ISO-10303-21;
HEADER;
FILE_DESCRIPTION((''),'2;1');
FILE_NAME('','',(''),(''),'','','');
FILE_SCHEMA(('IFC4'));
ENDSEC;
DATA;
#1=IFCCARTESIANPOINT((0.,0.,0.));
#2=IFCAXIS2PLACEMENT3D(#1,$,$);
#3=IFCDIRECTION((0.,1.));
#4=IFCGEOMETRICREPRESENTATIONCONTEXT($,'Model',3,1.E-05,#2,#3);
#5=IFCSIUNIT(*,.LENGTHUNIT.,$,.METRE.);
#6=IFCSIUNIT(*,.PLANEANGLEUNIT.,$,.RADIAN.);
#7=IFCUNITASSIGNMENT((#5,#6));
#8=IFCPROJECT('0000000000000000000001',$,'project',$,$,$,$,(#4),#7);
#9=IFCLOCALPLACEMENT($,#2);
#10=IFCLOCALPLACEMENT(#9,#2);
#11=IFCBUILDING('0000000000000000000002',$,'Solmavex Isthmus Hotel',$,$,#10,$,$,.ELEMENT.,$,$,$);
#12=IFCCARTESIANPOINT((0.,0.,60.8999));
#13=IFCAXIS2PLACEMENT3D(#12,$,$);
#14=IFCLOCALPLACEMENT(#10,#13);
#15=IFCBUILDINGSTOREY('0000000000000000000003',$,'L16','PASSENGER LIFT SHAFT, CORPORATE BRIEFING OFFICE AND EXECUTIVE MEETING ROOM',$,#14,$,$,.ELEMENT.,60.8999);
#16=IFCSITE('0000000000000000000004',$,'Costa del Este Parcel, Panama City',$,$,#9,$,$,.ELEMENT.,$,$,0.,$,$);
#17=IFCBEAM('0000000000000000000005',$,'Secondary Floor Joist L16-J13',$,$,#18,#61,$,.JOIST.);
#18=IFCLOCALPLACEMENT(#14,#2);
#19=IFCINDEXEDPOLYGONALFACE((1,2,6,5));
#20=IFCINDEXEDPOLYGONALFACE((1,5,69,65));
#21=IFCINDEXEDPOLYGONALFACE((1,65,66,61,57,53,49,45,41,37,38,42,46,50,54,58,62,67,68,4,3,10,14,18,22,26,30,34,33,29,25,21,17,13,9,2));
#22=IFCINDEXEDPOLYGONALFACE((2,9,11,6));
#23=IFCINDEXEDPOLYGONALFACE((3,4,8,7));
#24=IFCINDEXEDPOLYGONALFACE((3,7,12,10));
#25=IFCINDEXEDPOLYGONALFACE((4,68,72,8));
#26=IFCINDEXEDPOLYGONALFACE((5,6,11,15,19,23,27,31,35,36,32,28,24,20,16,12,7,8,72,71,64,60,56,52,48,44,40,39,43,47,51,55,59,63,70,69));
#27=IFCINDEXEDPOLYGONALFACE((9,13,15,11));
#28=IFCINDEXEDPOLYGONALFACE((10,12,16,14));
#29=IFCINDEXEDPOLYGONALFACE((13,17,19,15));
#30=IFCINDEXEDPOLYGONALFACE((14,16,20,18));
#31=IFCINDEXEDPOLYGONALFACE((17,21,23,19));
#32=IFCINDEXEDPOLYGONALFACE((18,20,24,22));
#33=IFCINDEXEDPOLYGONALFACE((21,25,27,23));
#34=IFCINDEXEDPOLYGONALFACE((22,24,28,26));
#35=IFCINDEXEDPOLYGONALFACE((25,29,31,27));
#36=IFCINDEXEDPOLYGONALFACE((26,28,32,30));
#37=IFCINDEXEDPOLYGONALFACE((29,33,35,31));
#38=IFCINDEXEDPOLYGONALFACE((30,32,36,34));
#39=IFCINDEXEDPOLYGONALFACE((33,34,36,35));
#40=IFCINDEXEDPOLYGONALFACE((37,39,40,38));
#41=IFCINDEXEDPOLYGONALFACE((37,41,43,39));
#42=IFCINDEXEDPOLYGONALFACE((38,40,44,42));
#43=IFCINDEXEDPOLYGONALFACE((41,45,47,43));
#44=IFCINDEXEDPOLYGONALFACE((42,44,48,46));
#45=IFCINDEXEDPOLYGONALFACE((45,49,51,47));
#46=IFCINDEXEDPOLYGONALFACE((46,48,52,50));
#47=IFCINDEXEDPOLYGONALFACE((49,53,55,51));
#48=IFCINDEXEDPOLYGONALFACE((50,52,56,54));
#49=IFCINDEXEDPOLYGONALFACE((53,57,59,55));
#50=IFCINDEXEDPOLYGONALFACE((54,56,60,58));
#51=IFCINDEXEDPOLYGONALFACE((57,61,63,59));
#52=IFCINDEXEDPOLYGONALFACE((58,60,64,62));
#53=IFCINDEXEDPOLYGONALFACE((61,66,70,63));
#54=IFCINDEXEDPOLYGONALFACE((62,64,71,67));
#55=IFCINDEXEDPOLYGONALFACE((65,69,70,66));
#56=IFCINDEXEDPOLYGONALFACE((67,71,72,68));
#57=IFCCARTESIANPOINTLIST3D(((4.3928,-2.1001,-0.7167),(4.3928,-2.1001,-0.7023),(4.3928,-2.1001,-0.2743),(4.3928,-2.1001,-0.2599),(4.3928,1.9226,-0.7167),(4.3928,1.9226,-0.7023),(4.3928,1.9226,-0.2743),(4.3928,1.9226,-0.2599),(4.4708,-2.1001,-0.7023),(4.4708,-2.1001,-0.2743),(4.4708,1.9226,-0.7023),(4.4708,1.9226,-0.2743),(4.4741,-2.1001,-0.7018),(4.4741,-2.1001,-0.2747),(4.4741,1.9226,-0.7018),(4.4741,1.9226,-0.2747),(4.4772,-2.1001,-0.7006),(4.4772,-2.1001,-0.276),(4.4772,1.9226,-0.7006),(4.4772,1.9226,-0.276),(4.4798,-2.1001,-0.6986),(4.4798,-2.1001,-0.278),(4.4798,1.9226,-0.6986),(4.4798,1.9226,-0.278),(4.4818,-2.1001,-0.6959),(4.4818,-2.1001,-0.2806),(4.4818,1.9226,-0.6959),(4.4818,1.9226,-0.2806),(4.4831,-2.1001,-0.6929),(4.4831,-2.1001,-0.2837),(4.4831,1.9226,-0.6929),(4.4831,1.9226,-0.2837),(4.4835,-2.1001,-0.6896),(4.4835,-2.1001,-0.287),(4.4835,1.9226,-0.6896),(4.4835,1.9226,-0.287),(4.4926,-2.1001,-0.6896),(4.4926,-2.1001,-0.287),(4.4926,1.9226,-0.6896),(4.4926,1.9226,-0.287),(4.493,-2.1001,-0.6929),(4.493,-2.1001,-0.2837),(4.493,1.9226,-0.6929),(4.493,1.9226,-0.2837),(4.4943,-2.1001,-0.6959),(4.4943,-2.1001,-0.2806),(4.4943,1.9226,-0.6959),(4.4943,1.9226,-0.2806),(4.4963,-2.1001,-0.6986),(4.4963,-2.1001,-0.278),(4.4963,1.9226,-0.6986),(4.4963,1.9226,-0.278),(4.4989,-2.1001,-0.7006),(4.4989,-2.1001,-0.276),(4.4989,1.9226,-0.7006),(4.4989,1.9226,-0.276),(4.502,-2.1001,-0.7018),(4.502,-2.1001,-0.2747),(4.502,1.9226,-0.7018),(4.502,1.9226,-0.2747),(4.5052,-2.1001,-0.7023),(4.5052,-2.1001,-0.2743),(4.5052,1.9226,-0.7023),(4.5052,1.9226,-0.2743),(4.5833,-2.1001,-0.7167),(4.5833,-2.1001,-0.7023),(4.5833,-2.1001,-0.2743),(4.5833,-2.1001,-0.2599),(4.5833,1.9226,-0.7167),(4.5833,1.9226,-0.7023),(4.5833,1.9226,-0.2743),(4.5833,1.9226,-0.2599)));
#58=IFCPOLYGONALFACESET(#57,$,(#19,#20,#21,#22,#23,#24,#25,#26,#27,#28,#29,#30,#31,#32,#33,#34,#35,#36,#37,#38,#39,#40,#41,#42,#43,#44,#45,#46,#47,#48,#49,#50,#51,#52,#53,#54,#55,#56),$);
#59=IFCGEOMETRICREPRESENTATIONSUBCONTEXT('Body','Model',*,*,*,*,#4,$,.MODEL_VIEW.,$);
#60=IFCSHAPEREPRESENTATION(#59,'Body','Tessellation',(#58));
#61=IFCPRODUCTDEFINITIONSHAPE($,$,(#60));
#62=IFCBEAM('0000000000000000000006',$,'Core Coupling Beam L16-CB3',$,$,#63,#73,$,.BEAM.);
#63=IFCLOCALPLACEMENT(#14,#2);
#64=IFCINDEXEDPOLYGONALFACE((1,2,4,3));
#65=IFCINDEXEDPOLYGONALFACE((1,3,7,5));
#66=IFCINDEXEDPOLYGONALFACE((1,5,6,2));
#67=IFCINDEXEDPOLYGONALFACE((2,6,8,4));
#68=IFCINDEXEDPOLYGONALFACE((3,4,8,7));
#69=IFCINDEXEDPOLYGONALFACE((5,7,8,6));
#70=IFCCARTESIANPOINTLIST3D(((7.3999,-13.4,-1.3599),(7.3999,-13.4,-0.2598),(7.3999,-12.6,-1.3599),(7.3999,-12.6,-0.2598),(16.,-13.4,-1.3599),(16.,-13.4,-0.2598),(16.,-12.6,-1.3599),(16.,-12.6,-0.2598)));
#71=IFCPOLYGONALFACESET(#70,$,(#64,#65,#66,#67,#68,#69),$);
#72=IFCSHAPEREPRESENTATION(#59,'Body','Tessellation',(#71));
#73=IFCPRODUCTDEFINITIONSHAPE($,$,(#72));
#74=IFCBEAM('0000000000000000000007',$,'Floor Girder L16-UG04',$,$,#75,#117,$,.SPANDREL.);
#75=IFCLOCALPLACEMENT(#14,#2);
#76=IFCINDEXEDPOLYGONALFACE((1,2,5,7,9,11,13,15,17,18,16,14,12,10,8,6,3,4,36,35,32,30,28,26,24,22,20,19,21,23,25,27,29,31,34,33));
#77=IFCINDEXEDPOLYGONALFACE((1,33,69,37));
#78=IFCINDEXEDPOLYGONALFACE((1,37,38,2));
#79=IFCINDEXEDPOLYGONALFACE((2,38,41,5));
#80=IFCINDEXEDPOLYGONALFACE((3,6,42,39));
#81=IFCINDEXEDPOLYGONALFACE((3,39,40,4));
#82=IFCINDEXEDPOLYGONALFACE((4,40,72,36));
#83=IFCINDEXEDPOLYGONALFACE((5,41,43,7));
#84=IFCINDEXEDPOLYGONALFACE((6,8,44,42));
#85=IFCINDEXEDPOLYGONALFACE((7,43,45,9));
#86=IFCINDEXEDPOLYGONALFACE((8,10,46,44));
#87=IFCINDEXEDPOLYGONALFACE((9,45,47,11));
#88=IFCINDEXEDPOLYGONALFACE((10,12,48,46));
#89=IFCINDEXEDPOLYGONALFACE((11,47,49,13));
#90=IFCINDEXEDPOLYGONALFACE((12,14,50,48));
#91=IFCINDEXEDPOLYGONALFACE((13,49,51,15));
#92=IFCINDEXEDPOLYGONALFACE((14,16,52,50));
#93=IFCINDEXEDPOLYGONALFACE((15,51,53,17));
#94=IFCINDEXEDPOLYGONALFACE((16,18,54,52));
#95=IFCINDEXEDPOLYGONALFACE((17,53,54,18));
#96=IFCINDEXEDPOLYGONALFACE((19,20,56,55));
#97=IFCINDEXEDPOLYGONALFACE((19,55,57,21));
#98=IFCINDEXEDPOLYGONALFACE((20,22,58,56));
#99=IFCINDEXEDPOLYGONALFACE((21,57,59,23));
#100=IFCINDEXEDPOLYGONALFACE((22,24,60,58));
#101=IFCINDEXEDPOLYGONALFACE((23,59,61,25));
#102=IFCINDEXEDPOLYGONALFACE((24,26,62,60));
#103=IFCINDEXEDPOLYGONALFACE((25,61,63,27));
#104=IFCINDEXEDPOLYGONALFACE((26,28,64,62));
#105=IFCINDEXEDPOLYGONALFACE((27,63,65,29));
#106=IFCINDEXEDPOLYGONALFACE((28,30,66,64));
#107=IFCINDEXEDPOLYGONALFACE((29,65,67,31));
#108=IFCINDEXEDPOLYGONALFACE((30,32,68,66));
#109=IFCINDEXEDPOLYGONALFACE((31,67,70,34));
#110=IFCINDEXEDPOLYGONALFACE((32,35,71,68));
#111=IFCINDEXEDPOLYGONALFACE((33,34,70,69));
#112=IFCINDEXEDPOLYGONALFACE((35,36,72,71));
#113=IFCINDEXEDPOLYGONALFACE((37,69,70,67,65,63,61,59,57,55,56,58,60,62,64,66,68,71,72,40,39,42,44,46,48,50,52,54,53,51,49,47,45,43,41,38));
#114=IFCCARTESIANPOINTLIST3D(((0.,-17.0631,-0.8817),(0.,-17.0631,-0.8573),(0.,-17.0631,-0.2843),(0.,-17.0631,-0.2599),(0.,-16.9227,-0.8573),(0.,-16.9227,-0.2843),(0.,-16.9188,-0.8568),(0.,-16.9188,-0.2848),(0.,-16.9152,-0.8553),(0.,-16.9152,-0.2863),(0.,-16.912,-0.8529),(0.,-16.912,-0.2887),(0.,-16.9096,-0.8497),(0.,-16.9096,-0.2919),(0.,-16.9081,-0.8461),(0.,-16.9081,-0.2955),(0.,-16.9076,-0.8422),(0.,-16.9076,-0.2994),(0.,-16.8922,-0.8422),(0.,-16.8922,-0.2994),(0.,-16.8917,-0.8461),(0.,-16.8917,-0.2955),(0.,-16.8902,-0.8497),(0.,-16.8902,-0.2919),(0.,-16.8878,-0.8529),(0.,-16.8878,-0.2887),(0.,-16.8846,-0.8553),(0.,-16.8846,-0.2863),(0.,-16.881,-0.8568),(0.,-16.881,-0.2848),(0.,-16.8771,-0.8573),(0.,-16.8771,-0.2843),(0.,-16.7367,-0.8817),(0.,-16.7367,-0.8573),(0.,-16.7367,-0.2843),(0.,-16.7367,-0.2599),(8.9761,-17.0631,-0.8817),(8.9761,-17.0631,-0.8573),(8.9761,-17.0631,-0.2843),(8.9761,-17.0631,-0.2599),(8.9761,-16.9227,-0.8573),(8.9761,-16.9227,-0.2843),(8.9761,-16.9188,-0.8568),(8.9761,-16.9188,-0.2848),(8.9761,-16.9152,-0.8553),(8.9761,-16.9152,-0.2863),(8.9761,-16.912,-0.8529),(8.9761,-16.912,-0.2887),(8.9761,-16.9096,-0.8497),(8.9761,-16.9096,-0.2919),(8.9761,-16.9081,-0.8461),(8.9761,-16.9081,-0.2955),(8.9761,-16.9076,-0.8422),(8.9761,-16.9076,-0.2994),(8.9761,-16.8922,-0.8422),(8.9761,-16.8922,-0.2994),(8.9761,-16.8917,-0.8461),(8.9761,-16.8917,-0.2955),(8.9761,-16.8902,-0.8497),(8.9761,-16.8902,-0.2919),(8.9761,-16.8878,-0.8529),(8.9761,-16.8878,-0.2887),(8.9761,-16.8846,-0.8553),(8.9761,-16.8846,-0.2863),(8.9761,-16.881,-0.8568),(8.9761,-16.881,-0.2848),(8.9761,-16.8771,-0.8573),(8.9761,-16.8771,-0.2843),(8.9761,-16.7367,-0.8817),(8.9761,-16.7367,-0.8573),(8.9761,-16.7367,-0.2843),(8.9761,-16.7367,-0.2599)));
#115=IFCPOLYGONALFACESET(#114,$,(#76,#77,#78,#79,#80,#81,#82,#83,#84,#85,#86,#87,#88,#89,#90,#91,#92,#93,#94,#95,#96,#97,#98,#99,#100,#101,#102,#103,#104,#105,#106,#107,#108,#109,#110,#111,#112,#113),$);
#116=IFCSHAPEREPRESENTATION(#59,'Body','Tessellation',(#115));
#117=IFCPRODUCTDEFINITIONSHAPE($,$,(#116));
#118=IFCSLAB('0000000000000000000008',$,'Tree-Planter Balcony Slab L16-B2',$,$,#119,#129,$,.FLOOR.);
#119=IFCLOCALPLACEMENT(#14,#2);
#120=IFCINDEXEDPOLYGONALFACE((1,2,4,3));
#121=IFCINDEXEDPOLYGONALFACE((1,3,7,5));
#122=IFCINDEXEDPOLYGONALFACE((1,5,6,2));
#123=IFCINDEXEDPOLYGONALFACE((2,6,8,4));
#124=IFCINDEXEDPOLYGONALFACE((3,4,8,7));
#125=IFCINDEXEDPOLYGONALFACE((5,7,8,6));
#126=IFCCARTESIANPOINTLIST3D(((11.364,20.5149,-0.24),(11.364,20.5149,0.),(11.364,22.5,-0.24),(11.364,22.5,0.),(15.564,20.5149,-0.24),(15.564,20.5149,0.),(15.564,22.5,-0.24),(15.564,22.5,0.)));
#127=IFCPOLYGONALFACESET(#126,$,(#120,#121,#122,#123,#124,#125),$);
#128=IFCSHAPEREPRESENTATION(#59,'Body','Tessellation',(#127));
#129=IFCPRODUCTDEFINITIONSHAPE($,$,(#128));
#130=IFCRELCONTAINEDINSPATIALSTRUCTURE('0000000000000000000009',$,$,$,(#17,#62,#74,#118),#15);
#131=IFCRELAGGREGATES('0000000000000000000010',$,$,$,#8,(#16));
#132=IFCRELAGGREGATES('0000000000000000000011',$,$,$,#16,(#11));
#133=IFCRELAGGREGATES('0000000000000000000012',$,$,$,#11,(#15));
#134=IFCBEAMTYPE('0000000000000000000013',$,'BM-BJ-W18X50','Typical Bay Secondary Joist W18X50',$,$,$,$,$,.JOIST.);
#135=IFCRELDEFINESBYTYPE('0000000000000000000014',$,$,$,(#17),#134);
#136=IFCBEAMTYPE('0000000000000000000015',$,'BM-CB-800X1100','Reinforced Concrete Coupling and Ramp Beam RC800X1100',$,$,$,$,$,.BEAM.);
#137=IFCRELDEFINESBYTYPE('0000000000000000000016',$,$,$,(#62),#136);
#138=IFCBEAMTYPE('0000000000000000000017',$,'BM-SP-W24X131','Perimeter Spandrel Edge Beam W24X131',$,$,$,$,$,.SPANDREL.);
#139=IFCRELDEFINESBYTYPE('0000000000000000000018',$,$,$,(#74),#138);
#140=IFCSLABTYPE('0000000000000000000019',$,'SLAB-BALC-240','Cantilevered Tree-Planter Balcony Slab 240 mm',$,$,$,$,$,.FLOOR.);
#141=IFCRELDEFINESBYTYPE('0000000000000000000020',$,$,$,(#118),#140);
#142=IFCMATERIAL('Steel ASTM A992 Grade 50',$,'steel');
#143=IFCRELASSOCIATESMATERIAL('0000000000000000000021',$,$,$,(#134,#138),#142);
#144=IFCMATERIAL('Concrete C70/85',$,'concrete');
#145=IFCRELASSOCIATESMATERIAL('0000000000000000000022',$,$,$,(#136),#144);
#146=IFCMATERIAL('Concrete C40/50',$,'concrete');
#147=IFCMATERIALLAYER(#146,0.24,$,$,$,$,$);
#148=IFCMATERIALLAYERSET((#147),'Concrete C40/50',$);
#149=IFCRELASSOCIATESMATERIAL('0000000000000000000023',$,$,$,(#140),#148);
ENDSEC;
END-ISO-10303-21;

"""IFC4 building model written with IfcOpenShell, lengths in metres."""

from ifc_helpers import new_model, si_unit, direction, frame, origin, origin_2d, place, context, subcontext, project, spatial, polyline, rectangle, i_section, outline, extrude, material, layer, layer_set, material_profile, profile_set, type_object, element, save


model = new_model("IFC4")

# Units and contexts
model_context = context("Model", 3, precision=1e-05, world=origin(), true_north=direction((0.0, 1.0)))
body_context = subcontext(model_context, "Body", "Model", "MODEL_VIEW")
ifc_project = project(units=[si_unit("LENGTHUNIT", "METRE"), si_unit("PLANEANGLEUNIT", "RADIAN")], contexts=[model_context])

# Site, building, storey
site_placement = place(None, origin())
site = spatial("IfcSite", under=ifc_project, at=site_placement, Name="Costa del Este Parcel, Panama City", CompositionType="ELEMENT", RefElevation=0.0)
building_placement = place(site_placement, origin())
building = spatial("IfcBuilding", under=site, at=building_placement, Name="Solmavex Isthmus Hotel", CompositionType="ELEMENT")
storey_placement = place(building_placement, frame((0.0, 0.0, 60.8999)))
storey = spatial("IfcBuildingStorey", under=building, at=storey_placement, Name="L16", Description="PASSENGER LIFT SHAFT, CORPORATE BRIEFING OFFICE AND EXECUTIVE MEETING ROOM", CompositionType="ELEMENT", Elevation=60.8999)

# Shared definitions
ifc_material_1 = material(Name="Concrete C70/85", Category="concrete")

# Beams
ifc_material_2 = material(Name="Steel ASTM A992 Grade 50", Category="steel")
ifc_material_profile_1 = material_profile(ifc_material_2, i_section(OverallWidth=0.1904, OverallDepth=0.4568, WebThickness=0.009, FlangeThickness=0.0144, FilletRadius=0.0127, at=origin_2d()), Name="W18X50")
ifc_profile_set_1 = profile_set([ifc_material_profile_1], Name="Steel ASTM A992 Grade 50")
beam_type_1 = type_object("IfcBeamType", Name="BM-BJ-W18X50", Description="Typical Bay Secondary Joist W18X50", PredefinedType="JOIST", material=ifc_profile_set_1)
beam_1_placement = place(storey_placement, frame((4.488, -2.1001, -0.4883), z_axis=(0.0, 1.0, 0.0), x_axis=(-1.0, 0.0, 0.0)))
element("IfcBeam", 1, at=beam_1_placement, inside=storey, type_object=beam_type_1, Name="Secondary Floor Joist L16-J13", PredefinedType="JOIST", context=body_context, shape_type="SweptSolid", body=[
    extrude(i_section(OverallWidth=0.1904, OverallDepth=0.4568, WebThickness=0.009, FlangeThickness=0.0144, FilletRadius=0.0127, at=origin_2d()), origin(), (0.0, 0.0, 1.0), 4.0227),
])
ifc_material_profile_2 = material_profile(ifc_material_1, rectangle(XDim=0.8, YDim=1.1001, at=origin_2d()), Name="RC800X1100")
ifc_profile_set_2 = profile_set([ifc_material_profile_2], Name="Concrete C70/85")
beam_type_2 = type_object("IfcBeamType", Name="BM-CB-800X1100", Description="Reinforced Concrete Coupling and Ramp Beam RC800X1100", PredefinedType="BEAM", material=ifc_profile_set_2)
beam_2_placement = place(storey_placement, frame((7.3999, -13.0, -0.8098), z_axis=(1.0, 0.0, 0.0), x_axis=(0.0, 1.0, 0.0)))
element("IfcBeam", 2, at=beam_2_placement, inside=storey, type_object=beam_type_2, Name="Core Coupling Beam L16-CB3", PredefinedType="BEAM", context=body_context, shape_type="SweptSolid", body=[
    extrude(rectangle(XDim=0.8, YDim=1.1001, at=origin_2d()), origin(), (0.0, 0.0, 1.0), 8.6001),
])
ifc_material_profile_3 = material_profile(ifc_material_2, i_section(OverallWidth=0.3264, OverallDepth=0.6218, WebThickness=0.0154, FlangeThickness=0.0244, FilletRadius=0.0151, at=origin_2d()), Name="W24X131")
ifc_profile_set_3 = profile_set([ifc_material_profile_3], Name="Steel ASTM A992 Grade 50")
beam_type_3 = type_object("IfcBeamType", Name="BM-SP-W24X131", Description="Perimeter Spandrel Edge Beam W24X131", PredefinedType="SPANDREL", material=ifc_profile_set_3)
beam_3_placement = place(storey_placement, frame((0.0, -16.8999, -0.5708), z_axis=(1.0, 0.0, 0.0), x_axis=(0.0, 1.0, 0.0)))
element("IfcBeam", 3, at=beam_3_placement, inside=storey, type_object=beam_type_3, Name="Floor Girder L16-UG04", PredefinedType="SPANDREL", context=body_context, shape_type="SweptSolid", body=[
    extrude(i_section(OverallWidth=0.3264, OverallDepth=0.6218, WebThickness=0.0154, FlangeThickness=0.0244, FilletRadius=0.0151, at=origin_2d()), origin(), (0.0, 0.0, 1.0), 8.9761),
])

# Slab
ifc_material_3 = material(Name="Concrete C40/50", Category="concrete")
ifc_layer_1 = layer(ifc_material_3, 0.24)
ifc_layer_set_1 = layer_set([ifc_layer_1], Name="Concrete C40/50")
slab_type_1 = type_object("IfcSlabType", Name="SLAB-BALC-240", Description="Cantilevered Tree-Planter Balcony Slab 240 mm", PredefinedType="FLOOR", material=ifc_layer_set_1)
slab_1_placement = place(storey_placement, frame((0.0, 0.0, -0.24)))
element("IfcSlab", 4, at=slab_1_placement, inside=storey, type_object=slab_type_1, Name="Tree-Planter Balcony Slab L16-B2", PredefinedType="FLOOR", context=body_context, shape_type="SweptSolid", body=[
    extrude(outline(polyline([(11.364, 20.5149), (15.564, 20.5149), (15.564, 22.5), (11.364, 22.5), (11.364, 20.5149)])), origin(), (0.0, 0.0, 1.0), 0.24),
])

save(model, "model.ifc")
